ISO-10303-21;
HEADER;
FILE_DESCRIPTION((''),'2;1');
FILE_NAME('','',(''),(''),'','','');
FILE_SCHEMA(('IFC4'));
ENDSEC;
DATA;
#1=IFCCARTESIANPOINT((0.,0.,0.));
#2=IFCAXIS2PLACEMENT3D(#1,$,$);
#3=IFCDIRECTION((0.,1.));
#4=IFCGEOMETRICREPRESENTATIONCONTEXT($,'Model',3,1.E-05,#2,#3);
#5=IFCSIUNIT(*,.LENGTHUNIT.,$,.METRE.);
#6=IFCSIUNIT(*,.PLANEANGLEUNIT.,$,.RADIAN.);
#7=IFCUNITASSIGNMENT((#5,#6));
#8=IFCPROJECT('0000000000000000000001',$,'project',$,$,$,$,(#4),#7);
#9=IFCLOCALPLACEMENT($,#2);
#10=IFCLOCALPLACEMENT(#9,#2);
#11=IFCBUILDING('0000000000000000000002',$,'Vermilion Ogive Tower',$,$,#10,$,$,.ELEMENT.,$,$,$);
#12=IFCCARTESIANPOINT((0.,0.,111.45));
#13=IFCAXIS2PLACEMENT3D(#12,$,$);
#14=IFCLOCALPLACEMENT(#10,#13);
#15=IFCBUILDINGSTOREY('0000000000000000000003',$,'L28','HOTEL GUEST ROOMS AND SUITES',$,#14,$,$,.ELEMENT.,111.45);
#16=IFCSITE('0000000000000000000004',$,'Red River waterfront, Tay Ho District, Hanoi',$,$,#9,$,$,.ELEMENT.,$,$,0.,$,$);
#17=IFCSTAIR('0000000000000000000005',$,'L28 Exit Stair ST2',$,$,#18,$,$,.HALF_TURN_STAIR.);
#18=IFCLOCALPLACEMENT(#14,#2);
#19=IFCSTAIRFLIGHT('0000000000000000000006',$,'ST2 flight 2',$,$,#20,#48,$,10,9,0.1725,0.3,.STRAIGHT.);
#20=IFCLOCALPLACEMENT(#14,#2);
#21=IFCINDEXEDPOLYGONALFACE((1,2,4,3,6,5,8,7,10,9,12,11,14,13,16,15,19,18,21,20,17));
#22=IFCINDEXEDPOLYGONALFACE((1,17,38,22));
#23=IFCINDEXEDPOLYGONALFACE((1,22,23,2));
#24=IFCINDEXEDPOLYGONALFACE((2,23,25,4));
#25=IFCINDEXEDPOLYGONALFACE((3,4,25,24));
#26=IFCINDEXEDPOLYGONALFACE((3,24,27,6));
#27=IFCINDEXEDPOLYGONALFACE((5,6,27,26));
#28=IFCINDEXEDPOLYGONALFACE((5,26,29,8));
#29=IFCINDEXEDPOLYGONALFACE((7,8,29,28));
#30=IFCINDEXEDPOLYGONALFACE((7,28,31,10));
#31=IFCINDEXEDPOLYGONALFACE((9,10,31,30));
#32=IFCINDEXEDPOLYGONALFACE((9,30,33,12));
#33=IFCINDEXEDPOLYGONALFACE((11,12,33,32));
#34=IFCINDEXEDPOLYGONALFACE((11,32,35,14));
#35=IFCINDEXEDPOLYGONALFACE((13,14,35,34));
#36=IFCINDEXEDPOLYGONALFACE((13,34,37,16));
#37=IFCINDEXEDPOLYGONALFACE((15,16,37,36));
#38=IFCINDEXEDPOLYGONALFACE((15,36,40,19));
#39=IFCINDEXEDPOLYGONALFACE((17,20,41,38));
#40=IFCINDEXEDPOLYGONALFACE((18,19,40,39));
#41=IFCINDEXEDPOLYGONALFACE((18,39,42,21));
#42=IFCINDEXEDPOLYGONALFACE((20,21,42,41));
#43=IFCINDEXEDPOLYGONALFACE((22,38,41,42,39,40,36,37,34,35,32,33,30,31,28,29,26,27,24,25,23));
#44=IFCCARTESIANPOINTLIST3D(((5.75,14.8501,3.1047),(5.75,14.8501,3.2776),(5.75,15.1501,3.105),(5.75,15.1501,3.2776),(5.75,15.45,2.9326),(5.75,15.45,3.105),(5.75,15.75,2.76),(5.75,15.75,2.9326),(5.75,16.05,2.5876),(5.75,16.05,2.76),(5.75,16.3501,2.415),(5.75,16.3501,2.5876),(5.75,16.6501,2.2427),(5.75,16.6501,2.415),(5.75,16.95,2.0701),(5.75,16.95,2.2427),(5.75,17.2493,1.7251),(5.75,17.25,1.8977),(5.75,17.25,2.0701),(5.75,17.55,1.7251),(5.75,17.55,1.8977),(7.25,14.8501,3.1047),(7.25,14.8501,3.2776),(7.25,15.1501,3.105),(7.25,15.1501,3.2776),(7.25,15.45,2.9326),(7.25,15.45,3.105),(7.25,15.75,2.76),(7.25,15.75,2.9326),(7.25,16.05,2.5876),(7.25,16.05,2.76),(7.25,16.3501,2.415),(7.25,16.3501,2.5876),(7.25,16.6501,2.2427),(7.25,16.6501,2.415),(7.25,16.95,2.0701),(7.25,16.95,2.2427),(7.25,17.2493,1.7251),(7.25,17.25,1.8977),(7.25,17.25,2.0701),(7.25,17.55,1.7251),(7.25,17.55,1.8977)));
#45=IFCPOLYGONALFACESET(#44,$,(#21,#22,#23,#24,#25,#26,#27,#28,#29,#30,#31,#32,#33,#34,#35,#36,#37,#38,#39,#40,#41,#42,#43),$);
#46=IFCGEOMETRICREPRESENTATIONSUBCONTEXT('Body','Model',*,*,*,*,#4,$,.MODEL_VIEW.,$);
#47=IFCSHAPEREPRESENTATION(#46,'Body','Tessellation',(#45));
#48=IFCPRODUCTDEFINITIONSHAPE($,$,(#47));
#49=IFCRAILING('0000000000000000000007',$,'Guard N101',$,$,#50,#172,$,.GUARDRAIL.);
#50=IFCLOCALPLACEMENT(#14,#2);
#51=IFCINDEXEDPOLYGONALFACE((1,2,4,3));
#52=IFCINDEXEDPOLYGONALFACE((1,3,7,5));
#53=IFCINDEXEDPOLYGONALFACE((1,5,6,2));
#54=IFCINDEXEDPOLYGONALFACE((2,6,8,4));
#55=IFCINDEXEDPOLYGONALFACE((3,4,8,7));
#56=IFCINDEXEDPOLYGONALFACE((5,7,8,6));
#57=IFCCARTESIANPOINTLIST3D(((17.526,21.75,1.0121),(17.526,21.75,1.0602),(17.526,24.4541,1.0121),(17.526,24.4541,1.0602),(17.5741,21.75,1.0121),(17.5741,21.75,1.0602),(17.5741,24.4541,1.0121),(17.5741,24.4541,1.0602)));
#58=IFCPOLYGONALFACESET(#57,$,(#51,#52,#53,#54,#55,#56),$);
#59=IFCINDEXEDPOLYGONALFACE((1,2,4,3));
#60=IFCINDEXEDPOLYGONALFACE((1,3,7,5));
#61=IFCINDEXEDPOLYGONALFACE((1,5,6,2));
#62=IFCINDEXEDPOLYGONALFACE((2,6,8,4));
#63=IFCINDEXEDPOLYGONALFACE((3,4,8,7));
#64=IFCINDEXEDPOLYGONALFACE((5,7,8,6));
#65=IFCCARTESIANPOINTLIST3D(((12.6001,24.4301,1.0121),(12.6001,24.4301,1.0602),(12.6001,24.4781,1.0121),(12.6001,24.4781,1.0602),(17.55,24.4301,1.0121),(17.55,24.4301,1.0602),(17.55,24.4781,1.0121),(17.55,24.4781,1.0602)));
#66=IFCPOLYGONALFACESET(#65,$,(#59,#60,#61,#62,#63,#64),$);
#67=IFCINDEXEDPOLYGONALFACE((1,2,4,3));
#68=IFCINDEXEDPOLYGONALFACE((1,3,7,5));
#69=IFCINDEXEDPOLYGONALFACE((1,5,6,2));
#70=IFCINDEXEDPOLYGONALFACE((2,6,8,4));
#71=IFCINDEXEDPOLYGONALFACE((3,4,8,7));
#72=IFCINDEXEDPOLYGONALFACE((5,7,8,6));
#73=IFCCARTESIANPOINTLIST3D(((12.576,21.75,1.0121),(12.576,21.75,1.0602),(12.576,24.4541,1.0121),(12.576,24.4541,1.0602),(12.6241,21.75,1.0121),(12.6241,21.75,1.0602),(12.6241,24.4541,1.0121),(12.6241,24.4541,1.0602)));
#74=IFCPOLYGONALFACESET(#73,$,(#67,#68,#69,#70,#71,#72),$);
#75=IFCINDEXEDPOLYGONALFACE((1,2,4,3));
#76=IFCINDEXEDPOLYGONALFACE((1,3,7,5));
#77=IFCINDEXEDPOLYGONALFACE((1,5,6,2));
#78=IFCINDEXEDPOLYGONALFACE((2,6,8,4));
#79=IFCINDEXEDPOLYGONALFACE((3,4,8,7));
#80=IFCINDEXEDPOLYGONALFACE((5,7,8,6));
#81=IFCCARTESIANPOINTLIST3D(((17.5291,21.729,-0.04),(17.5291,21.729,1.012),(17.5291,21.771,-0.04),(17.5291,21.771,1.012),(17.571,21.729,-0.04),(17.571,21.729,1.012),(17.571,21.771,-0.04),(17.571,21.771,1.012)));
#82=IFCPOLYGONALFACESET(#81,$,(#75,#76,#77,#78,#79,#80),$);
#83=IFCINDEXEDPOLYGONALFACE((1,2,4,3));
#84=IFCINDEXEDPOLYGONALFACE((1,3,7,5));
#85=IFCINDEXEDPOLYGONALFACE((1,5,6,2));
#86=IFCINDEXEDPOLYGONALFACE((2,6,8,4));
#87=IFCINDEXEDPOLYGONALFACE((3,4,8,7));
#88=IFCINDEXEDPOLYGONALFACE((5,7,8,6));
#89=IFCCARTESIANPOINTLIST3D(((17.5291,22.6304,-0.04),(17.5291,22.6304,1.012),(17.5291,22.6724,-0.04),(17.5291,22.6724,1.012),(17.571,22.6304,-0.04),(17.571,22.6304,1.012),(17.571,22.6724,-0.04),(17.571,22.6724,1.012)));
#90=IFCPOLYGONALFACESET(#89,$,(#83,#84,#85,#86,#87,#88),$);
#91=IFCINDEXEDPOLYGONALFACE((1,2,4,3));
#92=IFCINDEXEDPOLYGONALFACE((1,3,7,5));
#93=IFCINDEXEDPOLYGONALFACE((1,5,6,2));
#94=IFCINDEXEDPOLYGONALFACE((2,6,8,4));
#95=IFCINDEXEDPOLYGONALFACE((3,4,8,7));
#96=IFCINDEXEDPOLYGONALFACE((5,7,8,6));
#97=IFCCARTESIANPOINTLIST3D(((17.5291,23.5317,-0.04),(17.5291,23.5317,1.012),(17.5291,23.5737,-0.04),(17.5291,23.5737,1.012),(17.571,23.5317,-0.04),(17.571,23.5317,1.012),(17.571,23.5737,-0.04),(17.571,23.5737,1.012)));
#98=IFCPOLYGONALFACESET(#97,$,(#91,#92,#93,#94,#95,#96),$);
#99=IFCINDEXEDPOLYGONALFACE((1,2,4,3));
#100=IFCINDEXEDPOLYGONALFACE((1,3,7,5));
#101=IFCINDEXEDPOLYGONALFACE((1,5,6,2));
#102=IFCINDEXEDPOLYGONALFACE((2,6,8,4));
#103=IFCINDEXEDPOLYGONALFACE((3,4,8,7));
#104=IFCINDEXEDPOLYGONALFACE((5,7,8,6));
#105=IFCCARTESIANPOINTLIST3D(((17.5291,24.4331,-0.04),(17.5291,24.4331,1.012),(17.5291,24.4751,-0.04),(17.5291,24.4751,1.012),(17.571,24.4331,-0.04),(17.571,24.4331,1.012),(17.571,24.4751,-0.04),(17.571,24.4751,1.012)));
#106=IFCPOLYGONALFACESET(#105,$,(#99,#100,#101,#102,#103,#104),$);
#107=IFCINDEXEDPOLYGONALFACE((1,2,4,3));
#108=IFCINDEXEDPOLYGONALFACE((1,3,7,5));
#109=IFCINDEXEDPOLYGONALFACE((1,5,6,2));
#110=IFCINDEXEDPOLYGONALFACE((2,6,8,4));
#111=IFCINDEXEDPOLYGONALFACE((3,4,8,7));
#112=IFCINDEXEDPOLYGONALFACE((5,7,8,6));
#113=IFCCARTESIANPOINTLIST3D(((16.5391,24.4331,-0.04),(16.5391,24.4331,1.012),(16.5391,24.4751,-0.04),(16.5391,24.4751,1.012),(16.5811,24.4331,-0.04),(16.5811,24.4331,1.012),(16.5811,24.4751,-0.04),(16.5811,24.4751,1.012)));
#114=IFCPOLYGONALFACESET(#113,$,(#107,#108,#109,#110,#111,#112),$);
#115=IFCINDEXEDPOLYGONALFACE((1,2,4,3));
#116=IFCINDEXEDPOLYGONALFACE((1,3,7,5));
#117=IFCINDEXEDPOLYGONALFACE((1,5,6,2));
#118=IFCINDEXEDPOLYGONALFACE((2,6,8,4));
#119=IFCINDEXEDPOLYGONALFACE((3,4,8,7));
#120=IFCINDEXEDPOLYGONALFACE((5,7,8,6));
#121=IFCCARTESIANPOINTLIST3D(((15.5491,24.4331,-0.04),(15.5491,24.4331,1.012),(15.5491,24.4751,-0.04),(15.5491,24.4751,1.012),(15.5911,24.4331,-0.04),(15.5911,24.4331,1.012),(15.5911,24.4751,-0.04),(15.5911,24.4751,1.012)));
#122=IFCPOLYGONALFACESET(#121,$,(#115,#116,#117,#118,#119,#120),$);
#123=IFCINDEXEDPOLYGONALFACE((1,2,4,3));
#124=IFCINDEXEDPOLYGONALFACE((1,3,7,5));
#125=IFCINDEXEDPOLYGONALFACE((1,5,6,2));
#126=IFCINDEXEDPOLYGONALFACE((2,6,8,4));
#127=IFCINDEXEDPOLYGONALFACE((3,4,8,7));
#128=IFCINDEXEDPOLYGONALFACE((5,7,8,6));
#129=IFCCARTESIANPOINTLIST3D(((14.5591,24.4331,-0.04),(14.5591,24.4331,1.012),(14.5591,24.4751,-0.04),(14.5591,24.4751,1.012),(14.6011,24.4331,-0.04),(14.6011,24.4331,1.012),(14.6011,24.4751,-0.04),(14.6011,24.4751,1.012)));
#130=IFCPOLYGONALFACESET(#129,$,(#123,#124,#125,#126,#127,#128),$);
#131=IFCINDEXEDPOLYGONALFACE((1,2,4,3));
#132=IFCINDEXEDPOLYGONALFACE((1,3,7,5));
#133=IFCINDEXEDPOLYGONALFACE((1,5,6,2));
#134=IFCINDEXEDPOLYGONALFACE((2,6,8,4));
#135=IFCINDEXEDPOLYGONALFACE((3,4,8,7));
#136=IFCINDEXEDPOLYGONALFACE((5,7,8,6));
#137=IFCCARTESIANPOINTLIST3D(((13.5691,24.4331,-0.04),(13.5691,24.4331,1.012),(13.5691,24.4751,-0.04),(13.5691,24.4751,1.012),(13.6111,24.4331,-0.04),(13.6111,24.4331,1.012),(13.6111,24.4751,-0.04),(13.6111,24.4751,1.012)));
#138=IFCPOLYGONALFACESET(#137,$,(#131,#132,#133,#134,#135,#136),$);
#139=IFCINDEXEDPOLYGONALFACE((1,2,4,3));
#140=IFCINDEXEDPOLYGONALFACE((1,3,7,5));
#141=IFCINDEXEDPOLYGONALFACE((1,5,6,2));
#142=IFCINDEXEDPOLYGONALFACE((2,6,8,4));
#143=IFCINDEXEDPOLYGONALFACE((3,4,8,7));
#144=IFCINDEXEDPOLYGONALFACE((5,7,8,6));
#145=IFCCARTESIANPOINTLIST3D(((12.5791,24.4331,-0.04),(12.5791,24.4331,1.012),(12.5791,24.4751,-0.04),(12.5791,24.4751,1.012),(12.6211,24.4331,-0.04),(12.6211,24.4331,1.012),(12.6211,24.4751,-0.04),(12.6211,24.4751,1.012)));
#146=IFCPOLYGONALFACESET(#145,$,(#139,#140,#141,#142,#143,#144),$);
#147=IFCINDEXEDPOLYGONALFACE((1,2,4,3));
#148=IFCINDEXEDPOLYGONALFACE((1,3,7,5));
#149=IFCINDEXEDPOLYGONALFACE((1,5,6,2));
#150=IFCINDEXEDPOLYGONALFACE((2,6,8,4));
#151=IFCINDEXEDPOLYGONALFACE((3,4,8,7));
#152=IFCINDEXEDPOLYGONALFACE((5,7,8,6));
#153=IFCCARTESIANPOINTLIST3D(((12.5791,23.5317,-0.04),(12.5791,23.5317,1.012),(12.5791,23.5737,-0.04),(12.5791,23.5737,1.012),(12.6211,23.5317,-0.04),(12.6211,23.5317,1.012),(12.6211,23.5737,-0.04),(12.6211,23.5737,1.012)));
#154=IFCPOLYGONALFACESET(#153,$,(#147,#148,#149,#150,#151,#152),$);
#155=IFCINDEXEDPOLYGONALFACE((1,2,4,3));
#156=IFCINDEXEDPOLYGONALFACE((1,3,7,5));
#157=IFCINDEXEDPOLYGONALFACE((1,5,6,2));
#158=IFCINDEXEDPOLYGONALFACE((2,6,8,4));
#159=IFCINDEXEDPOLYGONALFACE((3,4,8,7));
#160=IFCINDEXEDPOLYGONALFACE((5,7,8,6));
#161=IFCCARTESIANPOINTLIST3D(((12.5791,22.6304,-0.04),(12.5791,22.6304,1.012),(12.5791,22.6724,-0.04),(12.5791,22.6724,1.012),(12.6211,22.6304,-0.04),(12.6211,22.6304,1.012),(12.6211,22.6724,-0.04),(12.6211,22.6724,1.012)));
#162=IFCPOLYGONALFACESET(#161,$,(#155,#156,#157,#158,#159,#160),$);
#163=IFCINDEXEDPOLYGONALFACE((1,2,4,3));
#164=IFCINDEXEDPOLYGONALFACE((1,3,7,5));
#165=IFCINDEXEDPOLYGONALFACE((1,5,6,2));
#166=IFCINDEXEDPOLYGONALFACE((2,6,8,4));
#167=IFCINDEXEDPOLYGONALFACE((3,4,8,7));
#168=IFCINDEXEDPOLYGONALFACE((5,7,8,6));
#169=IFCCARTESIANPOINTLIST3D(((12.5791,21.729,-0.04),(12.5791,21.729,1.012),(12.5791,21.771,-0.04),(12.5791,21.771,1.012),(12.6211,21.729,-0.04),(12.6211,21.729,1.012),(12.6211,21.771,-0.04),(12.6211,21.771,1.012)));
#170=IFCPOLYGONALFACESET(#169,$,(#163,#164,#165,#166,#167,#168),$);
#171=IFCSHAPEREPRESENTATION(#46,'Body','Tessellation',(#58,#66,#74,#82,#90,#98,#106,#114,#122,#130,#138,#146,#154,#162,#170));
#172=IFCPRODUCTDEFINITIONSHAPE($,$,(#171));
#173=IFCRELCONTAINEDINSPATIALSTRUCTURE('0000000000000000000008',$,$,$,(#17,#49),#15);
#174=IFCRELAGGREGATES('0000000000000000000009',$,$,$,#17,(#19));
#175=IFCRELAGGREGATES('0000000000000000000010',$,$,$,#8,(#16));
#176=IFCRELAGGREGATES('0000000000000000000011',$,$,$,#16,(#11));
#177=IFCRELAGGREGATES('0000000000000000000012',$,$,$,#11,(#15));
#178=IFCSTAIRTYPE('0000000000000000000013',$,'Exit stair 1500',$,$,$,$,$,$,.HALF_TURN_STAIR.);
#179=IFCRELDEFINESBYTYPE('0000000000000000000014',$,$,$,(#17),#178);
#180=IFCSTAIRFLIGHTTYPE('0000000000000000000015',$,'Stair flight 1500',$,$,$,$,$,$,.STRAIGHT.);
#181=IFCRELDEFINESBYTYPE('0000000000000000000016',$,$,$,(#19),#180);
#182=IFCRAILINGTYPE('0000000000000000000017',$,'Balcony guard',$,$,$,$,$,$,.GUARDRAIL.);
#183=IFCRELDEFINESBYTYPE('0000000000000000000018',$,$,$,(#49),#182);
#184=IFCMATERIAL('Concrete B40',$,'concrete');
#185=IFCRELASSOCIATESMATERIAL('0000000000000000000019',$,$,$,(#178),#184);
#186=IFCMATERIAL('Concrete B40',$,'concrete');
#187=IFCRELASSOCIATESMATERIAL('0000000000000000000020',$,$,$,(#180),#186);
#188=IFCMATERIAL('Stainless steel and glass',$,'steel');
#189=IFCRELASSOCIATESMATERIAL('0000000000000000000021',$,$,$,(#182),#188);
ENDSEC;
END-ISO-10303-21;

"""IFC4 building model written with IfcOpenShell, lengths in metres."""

from ifc_helpers import new_model, si_unit, direction, frame, origin, origin_2d, place, context, subcontext, project, spatial, polyline, rectangle, outline, extrude, material, type_object, element, aggregate, save


model = new_model("IFC4")

# Units and contexts
model_context = context("Model", 3, precision=1e-05, world=origin(), true_north=direction((0.0, 1.0)))
body_context = subcontext(model_context, "Body", "Model", "MODEL_VIEW")
ifc_project = project(units=[si_unit("LENGTHUNIT", "METRE"), si_unit("PLANEANGLEUNIT", "RADIAN")], contexts=[model_context])

# Site, building, storey
site_placement = place(None, origin())
site = spatial("IfcSite", under=ifc_project, at=site_placement, Name="Red River waterfront, Tay Ho District, Hanoi", CompositionType="ELEMENT", RefElevation=0.0)
building_placement = place(site_placement, origin())
building = spatial("IfcBuilding", under=site, at=building_placement, Name="Vermilion Ogive Tower", CompositionType="ELEMENT")
storey_placement = place(building_placement, frame((0.0, 0.0, 111.45)))
storey = spatial("IfcBuildingStorey", under=building, at=storey_placement, Name="L28", Description="HOTEL GUEST ROOMS AND SUITES", CompositionType="ELEMENT", Elevation=111.45)

# Stair, stair flight
ifc_material_1 = material(Name="Concrete B40", Category="concrete")
stair_type = type_object("IfcStairType", Name="Exit stair 1500", PredefinedType="HALF_TURN_STAIR", material=ifc_material_1)
stair_placement = place(storey_placement, origin())
stair = element("IfcStair", 1, at=stair_placement, inside=storey, type_object=stair_type, Name="L28 Exit Stair ST2", PredefinedType="HALF_TURN_STAIR")
ifc_material_2 = material(Name="Concrete B40", Category="concrete")
stair_flight_type = type_object("IfcStairFlightType", Name="Stair flight 1500", PredefinedType="STRAIGHT", material=ifc_material_2)
stair_flight_placement = place(storey_placement, frame((6.5, 17.55, 1.7251), z_axis=(0.0, 0.0, 1.0), x_axis=(0.0, -1.0, 0.0)))
stair_flight = element("IfcStairFlight", 2, at=stair_flight_placement, type_object=stair_flight_type, Name="ST2 flight 2", NumberOfRisers=10, NumberOfTreads=9, PredefinedType="STRAIGHT", RiserHeight=0.1725, TreadLength=0.3, context=body_context, shape_type="SweptSolid", body=[
    extrude(outline(polyline([(0.0, 0.0), (0.0, 0.1726), (0.3, 0.1726), (0.3, 0.345), (0.6001, 0.345), (0.6001, 0.5176), (0.8999, 0.5176), (0.8999, 0.6899), (1.2, 0.6899), (1.2, 0.8625), (1.5, 0.8625), (1.5, 1.0349), (1.8, 1.0349), (1.8, 1.2075), (2.1001, 1.2075), (2.1001, 1.3799), (2.3999, 1.3799), (2.3999, 1.5525), (2.7, 1.5525), (2.7, 1.7251), (2.7, 1.3796), (0.3008, 0.0), (0.0, 0.0)])), frame((0.0, 0.75, 0.0), z_axis=(0.0, -1.0, 0.0), x_axis=(1.0, 0.0, 0.0)), (0.0, 0.0, 1.0), 1.5),
])
aggregate(stair, [stair_flight])

# Railing
ifc_material_3 = material(Name="Stainless steel and glass", Category="steel")
railing_type_1 = type_object("IfcRailingType", Name="Balcony guard", PredefinedType="GUARDRAIL", material=ifc_material_3)
railing_1_placement = place(storey_placement, frame((17.55, 21.75, -0.04)))
element("IfcRailing", 3, at=railing_1_placement, inside=storey, type_object=railing_type_1, Name="Guard N101", PredefinedType="GUARDRAIL", context=body_context, shape_type="SweptSolid", body=[
    extrude(rectangle(XDim=0.0481, YDim=0.0481, at=origin_2d()), frame((0.0, 0.0, 1.0762), z_axis=(0.0, 1.0, 0.0), x_axis=(-1.0, 0.0, 0.0)), (0.0, 0.0, 1.0), 2.7041),
    extrude(rectangle(XDim=0.0481, YDim=0.0481, at=origin_2d()), frame((0.0, 2.7041, 1.0762), z_axis=(-1.0, 0.0, 0.0), x_axis=(0.0, -1.0, 0.0)), (0.0, 0.0, 1.0), 4.95),
    extrude(rectangle(XDim=0.0481, YDim=0.0481, at=origin_2d()), frame((-4.95, 2.7041, 1.0762), z_axis=(0.0, -1.0, 0.0), x_axis=(1.0, 0.0, 0.0)), (0.0, 0.0, 1.0), 2.7041),
    extrude(rectangle(XDim=0.042, YDim=0.042, at=origin_2d()), origin(), (0.0, 0.0, 1.0), 1.052),
    extrude(rectangle(XDim=0.042, YDim=0.042, at=origin_2d()), frame((0.0, 0.9014, 0.0)), (0.0, 0.0, 1.0), 1.052),
    extrude(rectangle(XDim=0.042, YDim=0.042, at=origin_2d()), frame((0.0, 1.8027, 0.0)), (0.0, 0.0, 1.0), 1.052),
    extrude(rectangle(XDim=0.042, YDim=0.042, at=origin_2d()), frame((0.0, 2.7041, 0.0)), (0.0, 0.0, 1.0), 1.052),
    extrude(rectangle(XDim=0.042, YDim=0.042, at=origin_2d()), frame((-0.99, 2.7041, 0.0)), (0.0, 0.0, 1.0), 1.052),
    extrude(rectangle(XDim=0.042, YDim=0.042, at=origin_2d()), frame((-1.98, 2.7041, 0.0)), (0.0, 0.0, 1.0), 1.052),
    extrude(rectangle(XDim=0.042, YDim=0.042, at=origin_2d()), frame((-2.97, 2.7041, 0.0)), (0.0, 0.0, 1.0), 1.052),
    extrude(rectangle(XDim=0.042, YDim=0.042, at=origin_2d()), frame((-3.96, 2.7041, 0.0)), (0.0, 0.0, 1.0), 1.052),
    extrude(rectangle(XDim=0.042, YDim=0.042, at=origin_2d()), frame((-4.95, 2.7041, 0.0)), (0.0, 0.0, 1.0), 1.052),
    extrude(rectangle(XDim=0.042, YDim=0.042, at=origin_2d()), frame((-4.95, 1.8027, 0.0)), (0.0, 0.0, 1.0), 1.052),
    extrude(rectangle(XDim=0.042, YDim=0.042, at=origin_2d()), frame((-4.95, 0.9014, 0.0)), (0.0, 0.0, 1.0), 1.052),
    extrude(rectangle(XDim=0.042, YDim=0.042, at=origin_2d()), frame((-4.95, 0.0, 0.0)), (0.0, 0.0, 1.0), 1.052),
])

save(model, "model.ifc")
